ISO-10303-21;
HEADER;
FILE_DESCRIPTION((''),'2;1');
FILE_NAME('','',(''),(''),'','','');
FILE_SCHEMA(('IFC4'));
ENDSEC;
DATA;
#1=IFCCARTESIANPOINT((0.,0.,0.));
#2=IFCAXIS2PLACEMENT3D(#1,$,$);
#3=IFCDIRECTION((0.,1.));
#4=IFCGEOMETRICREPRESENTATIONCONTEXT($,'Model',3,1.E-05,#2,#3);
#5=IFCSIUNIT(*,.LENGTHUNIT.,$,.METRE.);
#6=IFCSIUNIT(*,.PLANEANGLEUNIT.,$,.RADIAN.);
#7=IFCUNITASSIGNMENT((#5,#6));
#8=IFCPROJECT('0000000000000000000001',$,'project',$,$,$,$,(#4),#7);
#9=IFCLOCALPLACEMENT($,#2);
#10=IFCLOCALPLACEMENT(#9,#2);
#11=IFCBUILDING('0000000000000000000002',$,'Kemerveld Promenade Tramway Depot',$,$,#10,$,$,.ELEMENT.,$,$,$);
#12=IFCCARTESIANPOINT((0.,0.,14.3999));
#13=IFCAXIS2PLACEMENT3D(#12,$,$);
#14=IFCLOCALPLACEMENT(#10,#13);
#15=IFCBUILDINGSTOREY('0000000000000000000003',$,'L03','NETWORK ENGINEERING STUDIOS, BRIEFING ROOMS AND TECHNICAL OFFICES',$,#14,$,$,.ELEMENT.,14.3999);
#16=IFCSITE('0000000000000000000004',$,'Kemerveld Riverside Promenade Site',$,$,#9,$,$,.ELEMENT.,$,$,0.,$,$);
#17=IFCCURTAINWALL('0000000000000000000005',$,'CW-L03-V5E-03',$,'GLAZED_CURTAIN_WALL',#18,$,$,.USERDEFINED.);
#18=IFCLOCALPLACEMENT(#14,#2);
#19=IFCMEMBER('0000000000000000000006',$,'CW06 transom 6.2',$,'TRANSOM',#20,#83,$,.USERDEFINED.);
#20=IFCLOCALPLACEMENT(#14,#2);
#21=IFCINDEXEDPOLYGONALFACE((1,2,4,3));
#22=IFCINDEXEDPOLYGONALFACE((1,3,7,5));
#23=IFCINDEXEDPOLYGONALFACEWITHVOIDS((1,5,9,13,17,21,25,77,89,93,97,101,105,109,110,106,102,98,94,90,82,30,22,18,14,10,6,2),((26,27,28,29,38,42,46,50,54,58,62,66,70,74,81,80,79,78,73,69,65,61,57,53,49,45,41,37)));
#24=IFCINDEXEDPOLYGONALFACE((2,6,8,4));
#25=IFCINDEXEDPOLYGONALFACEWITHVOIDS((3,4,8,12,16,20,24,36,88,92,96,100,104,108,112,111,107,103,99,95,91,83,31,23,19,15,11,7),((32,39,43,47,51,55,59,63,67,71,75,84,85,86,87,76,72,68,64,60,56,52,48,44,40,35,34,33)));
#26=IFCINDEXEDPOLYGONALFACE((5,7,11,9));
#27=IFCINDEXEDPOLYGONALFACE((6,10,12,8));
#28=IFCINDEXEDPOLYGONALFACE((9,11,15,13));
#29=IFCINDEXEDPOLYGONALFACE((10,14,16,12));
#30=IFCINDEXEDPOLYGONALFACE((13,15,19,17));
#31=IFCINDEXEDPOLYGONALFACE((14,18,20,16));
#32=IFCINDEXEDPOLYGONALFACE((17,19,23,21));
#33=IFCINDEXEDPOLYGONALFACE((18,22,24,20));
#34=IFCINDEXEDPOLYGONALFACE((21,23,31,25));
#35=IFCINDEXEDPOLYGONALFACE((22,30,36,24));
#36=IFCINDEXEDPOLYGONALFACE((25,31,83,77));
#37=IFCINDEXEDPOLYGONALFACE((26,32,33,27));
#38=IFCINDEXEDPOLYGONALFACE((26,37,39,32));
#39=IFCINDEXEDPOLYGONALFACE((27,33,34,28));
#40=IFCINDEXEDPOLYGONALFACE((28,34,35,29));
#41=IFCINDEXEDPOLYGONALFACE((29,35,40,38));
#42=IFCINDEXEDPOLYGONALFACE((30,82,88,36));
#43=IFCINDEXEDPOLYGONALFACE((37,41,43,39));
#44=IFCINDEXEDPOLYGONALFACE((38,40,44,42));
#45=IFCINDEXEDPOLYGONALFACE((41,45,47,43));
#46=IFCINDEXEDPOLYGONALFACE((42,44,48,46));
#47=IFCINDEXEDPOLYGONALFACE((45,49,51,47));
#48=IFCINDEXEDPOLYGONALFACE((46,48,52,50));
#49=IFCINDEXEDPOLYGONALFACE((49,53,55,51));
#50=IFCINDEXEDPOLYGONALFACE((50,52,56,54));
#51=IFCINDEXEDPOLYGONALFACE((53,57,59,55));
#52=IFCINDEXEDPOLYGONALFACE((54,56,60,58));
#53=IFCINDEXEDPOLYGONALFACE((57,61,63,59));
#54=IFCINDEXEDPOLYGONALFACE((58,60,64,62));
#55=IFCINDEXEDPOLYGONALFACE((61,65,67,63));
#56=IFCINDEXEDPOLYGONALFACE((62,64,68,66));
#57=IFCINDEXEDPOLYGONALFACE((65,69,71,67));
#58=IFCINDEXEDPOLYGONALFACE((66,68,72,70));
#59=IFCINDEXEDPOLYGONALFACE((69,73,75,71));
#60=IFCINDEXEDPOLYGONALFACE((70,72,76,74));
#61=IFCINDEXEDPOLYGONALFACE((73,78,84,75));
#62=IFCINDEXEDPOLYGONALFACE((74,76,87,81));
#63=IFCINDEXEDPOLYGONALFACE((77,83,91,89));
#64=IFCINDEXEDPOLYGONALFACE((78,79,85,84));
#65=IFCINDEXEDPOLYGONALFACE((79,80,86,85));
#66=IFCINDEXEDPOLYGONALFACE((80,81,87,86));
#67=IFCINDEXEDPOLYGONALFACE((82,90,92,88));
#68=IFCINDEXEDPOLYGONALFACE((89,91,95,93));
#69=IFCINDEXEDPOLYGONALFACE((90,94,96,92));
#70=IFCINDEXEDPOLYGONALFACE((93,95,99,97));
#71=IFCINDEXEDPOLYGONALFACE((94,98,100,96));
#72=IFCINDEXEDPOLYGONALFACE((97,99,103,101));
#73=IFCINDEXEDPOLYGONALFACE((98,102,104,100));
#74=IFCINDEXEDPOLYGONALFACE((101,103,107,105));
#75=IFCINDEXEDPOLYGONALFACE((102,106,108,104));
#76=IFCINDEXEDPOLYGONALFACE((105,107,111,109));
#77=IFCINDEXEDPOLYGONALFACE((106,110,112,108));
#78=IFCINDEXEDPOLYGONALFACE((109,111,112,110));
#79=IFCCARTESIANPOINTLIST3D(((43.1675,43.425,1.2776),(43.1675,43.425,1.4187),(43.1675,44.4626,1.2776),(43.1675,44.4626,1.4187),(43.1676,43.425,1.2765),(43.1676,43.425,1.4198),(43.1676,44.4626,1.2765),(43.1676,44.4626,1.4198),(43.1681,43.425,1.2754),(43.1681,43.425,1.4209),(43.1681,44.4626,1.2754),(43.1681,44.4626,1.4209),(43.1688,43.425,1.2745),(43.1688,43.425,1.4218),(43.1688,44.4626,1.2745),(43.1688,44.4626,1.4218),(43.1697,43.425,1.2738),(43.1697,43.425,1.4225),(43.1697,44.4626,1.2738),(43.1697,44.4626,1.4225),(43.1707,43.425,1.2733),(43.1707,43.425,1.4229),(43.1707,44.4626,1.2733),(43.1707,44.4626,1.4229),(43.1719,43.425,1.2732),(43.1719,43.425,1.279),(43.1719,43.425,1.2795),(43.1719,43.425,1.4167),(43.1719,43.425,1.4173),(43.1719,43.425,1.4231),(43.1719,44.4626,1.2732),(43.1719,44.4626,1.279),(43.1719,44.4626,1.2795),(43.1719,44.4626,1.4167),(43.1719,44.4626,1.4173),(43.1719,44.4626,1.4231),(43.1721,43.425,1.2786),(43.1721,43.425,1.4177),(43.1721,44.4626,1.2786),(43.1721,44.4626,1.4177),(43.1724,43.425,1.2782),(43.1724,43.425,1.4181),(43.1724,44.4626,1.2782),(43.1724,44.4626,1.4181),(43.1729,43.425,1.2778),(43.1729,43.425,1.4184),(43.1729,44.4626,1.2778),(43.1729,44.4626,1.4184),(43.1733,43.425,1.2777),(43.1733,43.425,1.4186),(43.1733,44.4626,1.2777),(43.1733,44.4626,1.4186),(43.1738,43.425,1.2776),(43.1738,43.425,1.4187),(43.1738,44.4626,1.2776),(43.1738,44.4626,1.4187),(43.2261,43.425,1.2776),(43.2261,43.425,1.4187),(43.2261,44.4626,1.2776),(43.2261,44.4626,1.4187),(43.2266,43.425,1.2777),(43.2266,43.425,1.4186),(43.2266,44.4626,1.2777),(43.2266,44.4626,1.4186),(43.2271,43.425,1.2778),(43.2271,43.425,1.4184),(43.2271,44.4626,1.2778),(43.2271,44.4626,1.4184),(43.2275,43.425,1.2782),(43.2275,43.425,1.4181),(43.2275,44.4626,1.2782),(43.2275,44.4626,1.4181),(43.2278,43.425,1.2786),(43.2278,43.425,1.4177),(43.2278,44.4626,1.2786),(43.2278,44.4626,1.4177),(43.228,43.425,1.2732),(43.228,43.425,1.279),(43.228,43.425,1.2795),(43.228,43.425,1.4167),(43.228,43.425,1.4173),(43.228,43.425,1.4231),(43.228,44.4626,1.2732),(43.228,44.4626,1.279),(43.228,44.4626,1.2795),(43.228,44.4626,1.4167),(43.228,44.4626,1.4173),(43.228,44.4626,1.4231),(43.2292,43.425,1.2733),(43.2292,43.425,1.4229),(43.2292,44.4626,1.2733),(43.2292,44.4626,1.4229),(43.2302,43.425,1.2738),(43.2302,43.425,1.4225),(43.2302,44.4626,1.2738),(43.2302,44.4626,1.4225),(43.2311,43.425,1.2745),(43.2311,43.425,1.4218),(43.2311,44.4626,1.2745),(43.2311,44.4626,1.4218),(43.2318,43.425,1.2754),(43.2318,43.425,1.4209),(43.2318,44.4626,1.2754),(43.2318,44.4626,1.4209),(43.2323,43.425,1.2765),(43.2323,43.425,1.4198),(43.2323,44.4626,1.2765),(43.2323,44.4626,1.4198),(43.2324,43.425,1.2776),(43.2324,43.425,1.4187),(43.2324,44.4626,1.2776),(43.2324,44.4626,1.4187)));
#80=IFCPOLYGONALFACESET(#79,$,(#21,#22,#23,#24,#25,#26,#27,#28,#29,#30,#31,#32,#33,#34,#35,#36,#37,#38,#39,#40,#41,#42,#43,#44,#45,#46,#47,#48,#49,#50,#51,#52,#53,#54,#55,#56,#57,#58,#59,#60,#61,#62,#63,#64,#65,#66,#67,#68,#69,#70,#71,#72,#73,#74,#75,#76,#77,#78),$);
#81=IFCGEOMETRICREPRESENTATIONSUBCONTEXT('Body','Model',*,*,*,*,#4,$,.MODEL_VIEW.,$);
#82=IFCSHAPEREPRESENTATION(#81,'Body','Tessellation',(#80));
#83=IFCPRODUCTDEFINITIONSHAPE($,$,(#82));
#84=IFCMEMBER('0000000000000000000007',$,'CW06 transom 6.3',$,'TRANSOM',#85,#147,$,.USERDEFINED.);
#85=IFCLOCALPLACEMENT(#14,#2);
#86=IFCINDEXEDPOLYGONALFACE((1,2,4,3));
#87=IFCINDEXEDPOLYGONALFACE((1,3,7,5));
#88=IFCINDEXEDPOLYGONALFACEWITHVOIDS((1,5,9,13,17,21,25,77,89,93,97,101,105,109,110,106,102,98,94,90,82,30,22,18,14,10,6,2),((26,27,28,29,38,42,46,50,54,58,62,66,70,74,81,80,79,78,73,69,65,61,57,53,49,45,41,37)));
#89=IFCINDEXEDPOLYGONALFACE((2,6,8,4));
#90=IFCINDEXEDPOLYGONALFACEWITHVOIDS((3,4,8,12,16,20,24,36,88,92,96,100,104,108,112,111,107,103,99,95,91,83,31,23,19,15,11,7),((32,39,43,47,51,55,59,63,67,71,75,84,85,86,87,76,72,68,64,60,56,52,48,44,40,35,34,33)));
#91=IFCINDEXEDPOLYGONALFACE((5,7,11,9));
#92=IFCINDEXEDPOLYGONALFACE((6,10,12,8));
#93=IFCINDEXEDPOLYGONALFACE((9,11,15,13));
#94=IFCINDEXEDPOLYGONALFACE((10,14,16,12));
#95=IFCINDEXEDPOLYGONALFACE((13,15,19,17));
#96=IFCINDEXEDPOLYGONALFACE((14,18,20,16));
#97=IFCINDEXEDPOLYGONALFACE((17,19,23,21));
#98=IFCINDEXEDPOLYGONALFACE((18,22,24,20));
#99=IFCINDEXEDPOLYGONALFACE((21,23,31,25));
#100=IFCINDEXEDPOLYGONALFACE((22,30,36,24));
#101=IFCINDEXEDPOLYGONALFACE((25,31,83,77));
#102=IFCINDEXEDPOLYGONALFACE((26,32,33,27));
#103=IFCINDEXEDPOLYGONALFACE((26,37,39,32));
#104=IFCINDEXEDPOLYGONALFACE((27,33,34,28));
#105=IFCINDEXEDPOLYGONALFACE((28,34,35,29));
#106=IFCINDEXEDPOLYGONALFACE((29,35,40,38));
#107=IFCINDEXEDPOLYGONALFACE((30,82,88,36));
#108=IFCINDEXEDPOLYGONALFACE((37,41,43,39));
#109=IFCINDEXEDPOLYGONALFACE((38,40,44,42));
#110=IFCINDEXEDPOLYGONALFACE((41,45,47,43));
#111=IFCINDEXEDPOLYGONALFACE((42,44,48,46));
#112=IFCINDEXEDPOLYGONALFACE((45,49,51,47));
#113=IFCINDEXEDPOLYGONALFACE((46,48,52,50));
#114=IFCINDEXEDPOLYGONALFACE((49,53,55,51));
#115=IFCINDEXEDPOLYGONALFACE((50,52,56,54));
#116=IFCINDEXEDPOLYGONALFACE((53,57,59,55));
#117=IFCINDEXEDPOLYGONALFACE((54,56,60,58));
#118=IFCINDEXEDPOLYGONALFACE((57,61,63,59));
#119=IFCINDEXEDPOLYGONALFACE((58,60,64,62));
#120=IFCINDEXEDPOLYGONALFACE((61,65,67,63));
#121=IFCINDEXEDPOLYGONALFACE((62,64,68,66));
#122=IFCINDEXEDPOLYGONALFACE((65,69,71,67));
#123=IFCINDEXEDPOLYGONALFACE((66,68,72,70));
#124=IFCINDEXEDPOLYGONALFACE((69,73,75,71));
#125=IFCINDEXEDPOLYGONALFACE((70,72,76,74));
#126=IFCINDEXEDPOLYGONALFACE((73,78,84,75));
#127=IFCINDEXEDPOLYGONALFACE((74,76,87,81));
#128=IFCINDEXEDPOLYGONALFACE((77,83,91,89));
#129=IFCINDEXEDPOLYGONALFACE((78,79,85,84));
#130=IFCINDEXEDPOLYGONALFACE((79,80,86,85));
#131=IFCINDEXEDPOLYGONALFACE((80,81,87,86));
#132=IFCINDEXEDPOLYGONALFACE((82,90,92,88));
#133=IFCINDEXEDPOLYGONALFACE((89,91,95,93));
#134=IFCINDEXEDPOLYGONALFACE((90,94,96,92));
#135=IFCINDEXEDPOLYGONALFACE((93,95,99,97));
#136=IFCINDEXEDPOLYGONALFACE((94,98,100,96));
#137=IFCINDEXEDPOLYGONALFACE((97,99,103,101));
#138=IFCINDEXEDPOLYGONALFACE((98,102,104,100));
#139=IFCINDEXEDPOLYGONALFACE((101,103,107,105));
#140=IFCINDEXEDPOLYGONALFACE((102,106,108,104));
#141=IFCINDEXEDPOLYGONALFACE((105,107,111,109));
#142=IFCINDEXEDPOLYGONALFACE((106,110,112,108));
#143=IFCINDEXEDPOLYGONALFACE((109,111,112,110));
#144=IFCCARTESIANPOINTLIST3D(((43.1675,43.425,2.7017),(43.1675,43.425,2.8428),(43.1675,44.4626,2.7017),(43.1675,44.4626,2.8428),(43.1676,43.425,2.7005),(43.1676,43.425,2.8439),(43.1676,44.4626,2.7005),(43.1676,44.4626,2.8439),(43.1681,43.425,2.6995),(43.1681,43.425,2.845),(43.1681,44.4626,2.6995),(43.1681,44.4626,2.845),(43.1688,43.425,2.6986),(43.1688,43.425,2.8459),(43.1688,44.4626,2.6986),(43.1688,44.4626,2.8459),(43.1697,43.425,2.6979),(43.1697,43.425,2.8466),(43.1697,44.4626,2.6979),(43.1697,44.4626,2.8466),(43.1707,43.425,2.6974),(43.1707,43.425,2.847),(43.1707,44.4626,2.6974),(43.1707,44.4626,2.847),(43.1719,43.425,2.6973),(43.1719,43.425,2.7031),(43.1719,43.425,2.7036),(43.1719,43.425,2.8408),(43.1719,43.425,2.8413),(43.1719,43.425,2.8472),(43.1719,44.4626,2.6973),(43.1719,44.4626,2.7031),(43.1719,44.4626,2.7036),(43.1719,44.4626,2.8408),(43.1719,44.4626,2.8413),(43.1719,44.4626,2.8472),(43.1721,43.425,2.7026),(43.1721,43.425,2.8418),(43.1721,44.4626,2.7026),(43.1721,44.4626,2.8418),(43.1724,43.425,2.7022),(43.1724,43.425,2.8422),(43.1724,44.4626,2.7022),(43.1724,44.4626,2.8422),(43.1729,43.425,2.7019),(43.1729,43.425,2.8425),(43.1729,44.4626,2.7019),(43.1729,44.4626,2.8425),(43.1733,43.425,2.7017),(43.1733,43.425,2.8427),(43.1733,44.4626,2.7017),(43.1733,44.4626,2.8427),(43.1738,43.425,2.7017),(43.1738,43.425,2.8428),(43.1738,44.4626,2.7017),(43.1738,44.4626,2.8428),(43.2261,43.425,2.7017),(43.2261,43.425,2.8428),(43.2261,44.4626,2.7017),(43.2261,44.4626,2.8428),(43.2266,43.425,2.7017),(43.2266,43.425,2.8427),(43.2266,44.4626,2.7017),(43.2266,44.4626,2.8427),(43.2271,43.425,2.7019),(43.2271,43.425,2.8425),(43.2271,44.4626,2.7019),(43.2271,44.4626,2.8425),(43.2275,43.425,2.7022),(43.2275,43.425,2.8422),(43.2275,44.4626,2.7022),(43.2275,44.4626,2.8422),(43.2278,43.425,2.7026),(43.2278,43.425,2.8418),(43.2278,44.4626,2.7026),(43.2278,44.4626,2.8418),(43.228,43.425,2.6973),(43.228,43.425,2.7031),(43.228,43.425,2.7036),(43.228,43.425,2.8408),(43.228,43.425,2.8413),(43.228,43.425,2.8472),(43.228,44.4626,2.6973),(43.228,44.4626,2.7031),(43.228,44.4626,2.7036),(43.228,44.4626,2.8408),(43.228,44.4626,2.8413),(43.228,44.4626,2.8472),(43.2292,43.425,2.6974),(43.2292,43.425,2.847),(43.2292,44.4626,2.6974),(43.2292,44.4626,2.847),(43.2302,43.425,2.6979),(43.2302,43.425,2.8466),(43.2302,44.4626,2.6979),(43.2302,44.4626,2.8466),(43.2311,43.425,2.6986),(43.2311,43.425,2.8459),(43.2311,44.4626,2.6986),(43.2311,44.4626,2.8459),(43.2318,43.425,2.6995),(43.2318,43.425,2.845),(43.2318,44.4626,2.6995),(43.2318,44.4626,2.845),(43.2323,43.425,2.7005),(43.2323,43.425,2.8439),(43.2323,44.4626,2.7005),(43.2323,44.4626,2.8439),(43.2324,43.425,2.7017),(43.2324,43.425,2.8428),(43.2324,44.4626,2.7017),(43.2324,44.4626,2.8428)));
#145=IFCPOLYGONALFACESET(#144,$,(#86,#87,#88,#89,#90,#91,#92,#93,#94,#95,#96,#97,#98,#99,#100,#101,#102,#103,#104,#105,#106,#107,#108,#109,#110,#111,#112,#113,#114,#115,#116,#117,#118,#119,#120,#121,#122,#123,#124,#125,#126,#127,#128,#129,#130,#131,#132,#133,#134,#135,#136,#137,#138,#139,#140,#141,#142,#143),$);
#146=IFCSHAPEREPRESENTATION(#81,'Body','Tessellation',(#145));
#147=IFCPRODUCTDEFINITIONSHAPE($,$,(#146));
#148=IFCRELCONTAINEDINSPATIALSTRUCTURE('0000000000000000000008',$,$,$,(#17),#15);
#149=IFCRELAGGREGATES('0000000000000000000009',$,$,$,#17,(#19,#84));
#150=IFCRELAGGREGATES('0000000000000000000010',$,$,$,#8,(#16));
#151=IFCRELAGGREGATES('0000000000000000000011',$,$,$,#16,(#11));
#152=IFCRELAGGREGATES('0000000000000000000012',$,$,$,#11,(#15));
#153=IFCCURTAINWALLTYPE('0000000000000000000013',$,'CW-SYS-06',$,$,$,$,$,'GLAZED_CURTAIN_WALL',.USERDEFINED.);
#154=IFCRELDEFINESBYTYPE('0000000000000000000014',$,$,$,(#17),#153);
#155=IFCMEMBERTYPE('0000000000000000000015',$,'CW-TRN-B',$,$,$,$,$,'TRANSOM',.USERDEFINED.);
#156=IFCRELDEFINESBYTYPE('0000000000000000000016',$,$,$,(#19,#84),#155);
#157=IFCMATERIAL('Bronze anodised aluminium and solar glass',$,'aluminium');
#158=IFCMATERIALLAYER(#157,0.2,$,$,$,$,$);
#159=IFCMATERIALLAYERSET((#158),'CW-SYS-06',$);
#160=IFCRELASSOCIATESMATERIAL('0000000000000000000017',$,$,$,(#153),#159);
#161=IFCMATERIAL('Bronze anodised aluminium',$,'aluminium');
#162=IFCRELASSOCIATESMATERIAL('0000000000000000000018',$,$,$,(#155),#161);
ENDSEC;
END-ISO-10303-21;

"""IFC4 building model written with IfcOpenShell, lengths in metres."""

from ifc_helpers import new_model, si_unit, direction, frame, origin, origin_2d, place, context, subcontext, project, spatial, hollow_rectangle, extrude, material, layer, layer_set, material_profile, profile_set, type_object, element, aggregate, save


model = new_model("IFC4")

# Units and contexts
model_context = context("Model", 3, precision=1e-05, world=origin(), true_north=direction((0.0, 1.0)))
body_context = subcontext(model_context, "Body", "Model", "MODEL_VIEW")
ifc_project = project(units=[si_unit("LENGTHUNIT", "METRE"), si_unit("PLANEANGLEUNIT", "RADIAN")], contexts=[model_context])

# Site, building, storey
site_placement = place(None, origin())
site = spatial("IfcSite", under=ifc_project, at=site_placement, Name="Kemerveld Riverside Promenade Site", CompositionType="ELEMENT", RefElevation=0.0)
building_placement = place(site_placement, origin())
building = spatial("IfcBuilding", under=site, at=building_placement, Name="Kemerveld Promenade Tramway Depot", CompositionType="ELEMENT")
storey_placement = place(building_placement, frame((0.0, 0.0, 14.3999)))
storey = spatial("IfcBuildingStorey", under=building, at=storey_placement, Name="L03", Description="NETWORK ENGINEERING STUDIOS, BRIEFING ROOMS AND TECHNICAL OFFICES", CompositionType="ELEMENT", Elevation=14.3999)

# Curtain wall, members
ifc_material_1 = material(Name="Bronze anodised aluminium and solar glass", Category="aluminium")
ifc_layer_1 = layer(ifc_material_1, 0.2)
ifc_layer_set_1 = layer_set([ifc_layer_1], Name="CW-SYS-06")
curtain_wall_type = type_object("IfcCurtainWallType", Name="CW-SYS-06", ElementType="GLAZED_CURTAIN_WALL", PredefinedType="USERDEFINED", material=ifc_layer_set_1)
curtain_wall_placement = place(storey_placement, origin())
curtain_wall = element("IfcCurtainWall", 1, at=curtain_wall_placement, inside=storey, type_object=curtain_wall_type, Name="CW-L03-V5E-03", ObjectType="GLAZED_CURTAIN_WALL", PredefinedType="USERDEFINED")
ifc_material_2 = material(Name="Bronze anodised aluminium", Category="aluminium")
ifc_material_profile_1 = material_profile(ifc_material_2, hollow_rectangle(XDim=0.0649, YDim=0.1499, WallThickness=0.0044, InnerFilletRadius=0.002, OuterFilletRadius=0.0044, at=origin_2d()), Name="CW-TRN-150x65")
ifc_profile_set_1 = profile_set([ifc_material_profile_1], Name="Bronze anodised aluminium")
member_type_1 = type_object("IfcMemberType", Name="CW-TRN-B", ElementType="TRANSOM", PredefinedType="USERDEFINED", material=ifc_profile_set_1)
member_1_placement = place(storey_placement, frame((43.2, 44.4626, 1.3481), z_axis=(0.0, -1.0, 0.0), x_axis=(1.0, 0.0, 0.0)))
member_1 = element("IfcMember", 2, at=member_1_placement, type_object=member_type_1, Name="CW06 transom 6.2", ObjectType="TRANSOM", PredefinedType="USERDEFINED", context=body_context, shape_type="SweptSolid", body=[
    extrude(hollow_rectangle(XDim=0.0649, YDim=0.1499, WallThickness=0.0044, InnerFilletRadius=0.002, OuterFilletRadius=0.0044, at=origin_2d()), origin(), (0.0, 0.0, 1.0), 1.0376),
])
member_2_placement = place(storey_placement, frame((43.2, 44.4626, 2.7722), z_axis=(0.0, -1.0, 0.0), x_axis=(1.0, 0.0, 0.0)))
member_2 = element("IfcMember", 3, at=member_2_placement, type_object=member_type_1, Name="CW06 transom 6.3", ObjectType="TRANSOM", PredefinedType="USERDEFINED", context=body_context, shape_type="SweptSolid", body=[
    extrude(hollow_rectangle(XDim=0.0649, YDim=0.1499, WallThickness=0.0044, InnerFilletRadius=0.002, OuterFilletRadius=0.0044, at=origin_2d()), origin(), (0.0, 0.0, 1.0), 1.0376),
])
aggregate(curtain_wall, [member_1, member_2])

save(model, "model.ifc")
